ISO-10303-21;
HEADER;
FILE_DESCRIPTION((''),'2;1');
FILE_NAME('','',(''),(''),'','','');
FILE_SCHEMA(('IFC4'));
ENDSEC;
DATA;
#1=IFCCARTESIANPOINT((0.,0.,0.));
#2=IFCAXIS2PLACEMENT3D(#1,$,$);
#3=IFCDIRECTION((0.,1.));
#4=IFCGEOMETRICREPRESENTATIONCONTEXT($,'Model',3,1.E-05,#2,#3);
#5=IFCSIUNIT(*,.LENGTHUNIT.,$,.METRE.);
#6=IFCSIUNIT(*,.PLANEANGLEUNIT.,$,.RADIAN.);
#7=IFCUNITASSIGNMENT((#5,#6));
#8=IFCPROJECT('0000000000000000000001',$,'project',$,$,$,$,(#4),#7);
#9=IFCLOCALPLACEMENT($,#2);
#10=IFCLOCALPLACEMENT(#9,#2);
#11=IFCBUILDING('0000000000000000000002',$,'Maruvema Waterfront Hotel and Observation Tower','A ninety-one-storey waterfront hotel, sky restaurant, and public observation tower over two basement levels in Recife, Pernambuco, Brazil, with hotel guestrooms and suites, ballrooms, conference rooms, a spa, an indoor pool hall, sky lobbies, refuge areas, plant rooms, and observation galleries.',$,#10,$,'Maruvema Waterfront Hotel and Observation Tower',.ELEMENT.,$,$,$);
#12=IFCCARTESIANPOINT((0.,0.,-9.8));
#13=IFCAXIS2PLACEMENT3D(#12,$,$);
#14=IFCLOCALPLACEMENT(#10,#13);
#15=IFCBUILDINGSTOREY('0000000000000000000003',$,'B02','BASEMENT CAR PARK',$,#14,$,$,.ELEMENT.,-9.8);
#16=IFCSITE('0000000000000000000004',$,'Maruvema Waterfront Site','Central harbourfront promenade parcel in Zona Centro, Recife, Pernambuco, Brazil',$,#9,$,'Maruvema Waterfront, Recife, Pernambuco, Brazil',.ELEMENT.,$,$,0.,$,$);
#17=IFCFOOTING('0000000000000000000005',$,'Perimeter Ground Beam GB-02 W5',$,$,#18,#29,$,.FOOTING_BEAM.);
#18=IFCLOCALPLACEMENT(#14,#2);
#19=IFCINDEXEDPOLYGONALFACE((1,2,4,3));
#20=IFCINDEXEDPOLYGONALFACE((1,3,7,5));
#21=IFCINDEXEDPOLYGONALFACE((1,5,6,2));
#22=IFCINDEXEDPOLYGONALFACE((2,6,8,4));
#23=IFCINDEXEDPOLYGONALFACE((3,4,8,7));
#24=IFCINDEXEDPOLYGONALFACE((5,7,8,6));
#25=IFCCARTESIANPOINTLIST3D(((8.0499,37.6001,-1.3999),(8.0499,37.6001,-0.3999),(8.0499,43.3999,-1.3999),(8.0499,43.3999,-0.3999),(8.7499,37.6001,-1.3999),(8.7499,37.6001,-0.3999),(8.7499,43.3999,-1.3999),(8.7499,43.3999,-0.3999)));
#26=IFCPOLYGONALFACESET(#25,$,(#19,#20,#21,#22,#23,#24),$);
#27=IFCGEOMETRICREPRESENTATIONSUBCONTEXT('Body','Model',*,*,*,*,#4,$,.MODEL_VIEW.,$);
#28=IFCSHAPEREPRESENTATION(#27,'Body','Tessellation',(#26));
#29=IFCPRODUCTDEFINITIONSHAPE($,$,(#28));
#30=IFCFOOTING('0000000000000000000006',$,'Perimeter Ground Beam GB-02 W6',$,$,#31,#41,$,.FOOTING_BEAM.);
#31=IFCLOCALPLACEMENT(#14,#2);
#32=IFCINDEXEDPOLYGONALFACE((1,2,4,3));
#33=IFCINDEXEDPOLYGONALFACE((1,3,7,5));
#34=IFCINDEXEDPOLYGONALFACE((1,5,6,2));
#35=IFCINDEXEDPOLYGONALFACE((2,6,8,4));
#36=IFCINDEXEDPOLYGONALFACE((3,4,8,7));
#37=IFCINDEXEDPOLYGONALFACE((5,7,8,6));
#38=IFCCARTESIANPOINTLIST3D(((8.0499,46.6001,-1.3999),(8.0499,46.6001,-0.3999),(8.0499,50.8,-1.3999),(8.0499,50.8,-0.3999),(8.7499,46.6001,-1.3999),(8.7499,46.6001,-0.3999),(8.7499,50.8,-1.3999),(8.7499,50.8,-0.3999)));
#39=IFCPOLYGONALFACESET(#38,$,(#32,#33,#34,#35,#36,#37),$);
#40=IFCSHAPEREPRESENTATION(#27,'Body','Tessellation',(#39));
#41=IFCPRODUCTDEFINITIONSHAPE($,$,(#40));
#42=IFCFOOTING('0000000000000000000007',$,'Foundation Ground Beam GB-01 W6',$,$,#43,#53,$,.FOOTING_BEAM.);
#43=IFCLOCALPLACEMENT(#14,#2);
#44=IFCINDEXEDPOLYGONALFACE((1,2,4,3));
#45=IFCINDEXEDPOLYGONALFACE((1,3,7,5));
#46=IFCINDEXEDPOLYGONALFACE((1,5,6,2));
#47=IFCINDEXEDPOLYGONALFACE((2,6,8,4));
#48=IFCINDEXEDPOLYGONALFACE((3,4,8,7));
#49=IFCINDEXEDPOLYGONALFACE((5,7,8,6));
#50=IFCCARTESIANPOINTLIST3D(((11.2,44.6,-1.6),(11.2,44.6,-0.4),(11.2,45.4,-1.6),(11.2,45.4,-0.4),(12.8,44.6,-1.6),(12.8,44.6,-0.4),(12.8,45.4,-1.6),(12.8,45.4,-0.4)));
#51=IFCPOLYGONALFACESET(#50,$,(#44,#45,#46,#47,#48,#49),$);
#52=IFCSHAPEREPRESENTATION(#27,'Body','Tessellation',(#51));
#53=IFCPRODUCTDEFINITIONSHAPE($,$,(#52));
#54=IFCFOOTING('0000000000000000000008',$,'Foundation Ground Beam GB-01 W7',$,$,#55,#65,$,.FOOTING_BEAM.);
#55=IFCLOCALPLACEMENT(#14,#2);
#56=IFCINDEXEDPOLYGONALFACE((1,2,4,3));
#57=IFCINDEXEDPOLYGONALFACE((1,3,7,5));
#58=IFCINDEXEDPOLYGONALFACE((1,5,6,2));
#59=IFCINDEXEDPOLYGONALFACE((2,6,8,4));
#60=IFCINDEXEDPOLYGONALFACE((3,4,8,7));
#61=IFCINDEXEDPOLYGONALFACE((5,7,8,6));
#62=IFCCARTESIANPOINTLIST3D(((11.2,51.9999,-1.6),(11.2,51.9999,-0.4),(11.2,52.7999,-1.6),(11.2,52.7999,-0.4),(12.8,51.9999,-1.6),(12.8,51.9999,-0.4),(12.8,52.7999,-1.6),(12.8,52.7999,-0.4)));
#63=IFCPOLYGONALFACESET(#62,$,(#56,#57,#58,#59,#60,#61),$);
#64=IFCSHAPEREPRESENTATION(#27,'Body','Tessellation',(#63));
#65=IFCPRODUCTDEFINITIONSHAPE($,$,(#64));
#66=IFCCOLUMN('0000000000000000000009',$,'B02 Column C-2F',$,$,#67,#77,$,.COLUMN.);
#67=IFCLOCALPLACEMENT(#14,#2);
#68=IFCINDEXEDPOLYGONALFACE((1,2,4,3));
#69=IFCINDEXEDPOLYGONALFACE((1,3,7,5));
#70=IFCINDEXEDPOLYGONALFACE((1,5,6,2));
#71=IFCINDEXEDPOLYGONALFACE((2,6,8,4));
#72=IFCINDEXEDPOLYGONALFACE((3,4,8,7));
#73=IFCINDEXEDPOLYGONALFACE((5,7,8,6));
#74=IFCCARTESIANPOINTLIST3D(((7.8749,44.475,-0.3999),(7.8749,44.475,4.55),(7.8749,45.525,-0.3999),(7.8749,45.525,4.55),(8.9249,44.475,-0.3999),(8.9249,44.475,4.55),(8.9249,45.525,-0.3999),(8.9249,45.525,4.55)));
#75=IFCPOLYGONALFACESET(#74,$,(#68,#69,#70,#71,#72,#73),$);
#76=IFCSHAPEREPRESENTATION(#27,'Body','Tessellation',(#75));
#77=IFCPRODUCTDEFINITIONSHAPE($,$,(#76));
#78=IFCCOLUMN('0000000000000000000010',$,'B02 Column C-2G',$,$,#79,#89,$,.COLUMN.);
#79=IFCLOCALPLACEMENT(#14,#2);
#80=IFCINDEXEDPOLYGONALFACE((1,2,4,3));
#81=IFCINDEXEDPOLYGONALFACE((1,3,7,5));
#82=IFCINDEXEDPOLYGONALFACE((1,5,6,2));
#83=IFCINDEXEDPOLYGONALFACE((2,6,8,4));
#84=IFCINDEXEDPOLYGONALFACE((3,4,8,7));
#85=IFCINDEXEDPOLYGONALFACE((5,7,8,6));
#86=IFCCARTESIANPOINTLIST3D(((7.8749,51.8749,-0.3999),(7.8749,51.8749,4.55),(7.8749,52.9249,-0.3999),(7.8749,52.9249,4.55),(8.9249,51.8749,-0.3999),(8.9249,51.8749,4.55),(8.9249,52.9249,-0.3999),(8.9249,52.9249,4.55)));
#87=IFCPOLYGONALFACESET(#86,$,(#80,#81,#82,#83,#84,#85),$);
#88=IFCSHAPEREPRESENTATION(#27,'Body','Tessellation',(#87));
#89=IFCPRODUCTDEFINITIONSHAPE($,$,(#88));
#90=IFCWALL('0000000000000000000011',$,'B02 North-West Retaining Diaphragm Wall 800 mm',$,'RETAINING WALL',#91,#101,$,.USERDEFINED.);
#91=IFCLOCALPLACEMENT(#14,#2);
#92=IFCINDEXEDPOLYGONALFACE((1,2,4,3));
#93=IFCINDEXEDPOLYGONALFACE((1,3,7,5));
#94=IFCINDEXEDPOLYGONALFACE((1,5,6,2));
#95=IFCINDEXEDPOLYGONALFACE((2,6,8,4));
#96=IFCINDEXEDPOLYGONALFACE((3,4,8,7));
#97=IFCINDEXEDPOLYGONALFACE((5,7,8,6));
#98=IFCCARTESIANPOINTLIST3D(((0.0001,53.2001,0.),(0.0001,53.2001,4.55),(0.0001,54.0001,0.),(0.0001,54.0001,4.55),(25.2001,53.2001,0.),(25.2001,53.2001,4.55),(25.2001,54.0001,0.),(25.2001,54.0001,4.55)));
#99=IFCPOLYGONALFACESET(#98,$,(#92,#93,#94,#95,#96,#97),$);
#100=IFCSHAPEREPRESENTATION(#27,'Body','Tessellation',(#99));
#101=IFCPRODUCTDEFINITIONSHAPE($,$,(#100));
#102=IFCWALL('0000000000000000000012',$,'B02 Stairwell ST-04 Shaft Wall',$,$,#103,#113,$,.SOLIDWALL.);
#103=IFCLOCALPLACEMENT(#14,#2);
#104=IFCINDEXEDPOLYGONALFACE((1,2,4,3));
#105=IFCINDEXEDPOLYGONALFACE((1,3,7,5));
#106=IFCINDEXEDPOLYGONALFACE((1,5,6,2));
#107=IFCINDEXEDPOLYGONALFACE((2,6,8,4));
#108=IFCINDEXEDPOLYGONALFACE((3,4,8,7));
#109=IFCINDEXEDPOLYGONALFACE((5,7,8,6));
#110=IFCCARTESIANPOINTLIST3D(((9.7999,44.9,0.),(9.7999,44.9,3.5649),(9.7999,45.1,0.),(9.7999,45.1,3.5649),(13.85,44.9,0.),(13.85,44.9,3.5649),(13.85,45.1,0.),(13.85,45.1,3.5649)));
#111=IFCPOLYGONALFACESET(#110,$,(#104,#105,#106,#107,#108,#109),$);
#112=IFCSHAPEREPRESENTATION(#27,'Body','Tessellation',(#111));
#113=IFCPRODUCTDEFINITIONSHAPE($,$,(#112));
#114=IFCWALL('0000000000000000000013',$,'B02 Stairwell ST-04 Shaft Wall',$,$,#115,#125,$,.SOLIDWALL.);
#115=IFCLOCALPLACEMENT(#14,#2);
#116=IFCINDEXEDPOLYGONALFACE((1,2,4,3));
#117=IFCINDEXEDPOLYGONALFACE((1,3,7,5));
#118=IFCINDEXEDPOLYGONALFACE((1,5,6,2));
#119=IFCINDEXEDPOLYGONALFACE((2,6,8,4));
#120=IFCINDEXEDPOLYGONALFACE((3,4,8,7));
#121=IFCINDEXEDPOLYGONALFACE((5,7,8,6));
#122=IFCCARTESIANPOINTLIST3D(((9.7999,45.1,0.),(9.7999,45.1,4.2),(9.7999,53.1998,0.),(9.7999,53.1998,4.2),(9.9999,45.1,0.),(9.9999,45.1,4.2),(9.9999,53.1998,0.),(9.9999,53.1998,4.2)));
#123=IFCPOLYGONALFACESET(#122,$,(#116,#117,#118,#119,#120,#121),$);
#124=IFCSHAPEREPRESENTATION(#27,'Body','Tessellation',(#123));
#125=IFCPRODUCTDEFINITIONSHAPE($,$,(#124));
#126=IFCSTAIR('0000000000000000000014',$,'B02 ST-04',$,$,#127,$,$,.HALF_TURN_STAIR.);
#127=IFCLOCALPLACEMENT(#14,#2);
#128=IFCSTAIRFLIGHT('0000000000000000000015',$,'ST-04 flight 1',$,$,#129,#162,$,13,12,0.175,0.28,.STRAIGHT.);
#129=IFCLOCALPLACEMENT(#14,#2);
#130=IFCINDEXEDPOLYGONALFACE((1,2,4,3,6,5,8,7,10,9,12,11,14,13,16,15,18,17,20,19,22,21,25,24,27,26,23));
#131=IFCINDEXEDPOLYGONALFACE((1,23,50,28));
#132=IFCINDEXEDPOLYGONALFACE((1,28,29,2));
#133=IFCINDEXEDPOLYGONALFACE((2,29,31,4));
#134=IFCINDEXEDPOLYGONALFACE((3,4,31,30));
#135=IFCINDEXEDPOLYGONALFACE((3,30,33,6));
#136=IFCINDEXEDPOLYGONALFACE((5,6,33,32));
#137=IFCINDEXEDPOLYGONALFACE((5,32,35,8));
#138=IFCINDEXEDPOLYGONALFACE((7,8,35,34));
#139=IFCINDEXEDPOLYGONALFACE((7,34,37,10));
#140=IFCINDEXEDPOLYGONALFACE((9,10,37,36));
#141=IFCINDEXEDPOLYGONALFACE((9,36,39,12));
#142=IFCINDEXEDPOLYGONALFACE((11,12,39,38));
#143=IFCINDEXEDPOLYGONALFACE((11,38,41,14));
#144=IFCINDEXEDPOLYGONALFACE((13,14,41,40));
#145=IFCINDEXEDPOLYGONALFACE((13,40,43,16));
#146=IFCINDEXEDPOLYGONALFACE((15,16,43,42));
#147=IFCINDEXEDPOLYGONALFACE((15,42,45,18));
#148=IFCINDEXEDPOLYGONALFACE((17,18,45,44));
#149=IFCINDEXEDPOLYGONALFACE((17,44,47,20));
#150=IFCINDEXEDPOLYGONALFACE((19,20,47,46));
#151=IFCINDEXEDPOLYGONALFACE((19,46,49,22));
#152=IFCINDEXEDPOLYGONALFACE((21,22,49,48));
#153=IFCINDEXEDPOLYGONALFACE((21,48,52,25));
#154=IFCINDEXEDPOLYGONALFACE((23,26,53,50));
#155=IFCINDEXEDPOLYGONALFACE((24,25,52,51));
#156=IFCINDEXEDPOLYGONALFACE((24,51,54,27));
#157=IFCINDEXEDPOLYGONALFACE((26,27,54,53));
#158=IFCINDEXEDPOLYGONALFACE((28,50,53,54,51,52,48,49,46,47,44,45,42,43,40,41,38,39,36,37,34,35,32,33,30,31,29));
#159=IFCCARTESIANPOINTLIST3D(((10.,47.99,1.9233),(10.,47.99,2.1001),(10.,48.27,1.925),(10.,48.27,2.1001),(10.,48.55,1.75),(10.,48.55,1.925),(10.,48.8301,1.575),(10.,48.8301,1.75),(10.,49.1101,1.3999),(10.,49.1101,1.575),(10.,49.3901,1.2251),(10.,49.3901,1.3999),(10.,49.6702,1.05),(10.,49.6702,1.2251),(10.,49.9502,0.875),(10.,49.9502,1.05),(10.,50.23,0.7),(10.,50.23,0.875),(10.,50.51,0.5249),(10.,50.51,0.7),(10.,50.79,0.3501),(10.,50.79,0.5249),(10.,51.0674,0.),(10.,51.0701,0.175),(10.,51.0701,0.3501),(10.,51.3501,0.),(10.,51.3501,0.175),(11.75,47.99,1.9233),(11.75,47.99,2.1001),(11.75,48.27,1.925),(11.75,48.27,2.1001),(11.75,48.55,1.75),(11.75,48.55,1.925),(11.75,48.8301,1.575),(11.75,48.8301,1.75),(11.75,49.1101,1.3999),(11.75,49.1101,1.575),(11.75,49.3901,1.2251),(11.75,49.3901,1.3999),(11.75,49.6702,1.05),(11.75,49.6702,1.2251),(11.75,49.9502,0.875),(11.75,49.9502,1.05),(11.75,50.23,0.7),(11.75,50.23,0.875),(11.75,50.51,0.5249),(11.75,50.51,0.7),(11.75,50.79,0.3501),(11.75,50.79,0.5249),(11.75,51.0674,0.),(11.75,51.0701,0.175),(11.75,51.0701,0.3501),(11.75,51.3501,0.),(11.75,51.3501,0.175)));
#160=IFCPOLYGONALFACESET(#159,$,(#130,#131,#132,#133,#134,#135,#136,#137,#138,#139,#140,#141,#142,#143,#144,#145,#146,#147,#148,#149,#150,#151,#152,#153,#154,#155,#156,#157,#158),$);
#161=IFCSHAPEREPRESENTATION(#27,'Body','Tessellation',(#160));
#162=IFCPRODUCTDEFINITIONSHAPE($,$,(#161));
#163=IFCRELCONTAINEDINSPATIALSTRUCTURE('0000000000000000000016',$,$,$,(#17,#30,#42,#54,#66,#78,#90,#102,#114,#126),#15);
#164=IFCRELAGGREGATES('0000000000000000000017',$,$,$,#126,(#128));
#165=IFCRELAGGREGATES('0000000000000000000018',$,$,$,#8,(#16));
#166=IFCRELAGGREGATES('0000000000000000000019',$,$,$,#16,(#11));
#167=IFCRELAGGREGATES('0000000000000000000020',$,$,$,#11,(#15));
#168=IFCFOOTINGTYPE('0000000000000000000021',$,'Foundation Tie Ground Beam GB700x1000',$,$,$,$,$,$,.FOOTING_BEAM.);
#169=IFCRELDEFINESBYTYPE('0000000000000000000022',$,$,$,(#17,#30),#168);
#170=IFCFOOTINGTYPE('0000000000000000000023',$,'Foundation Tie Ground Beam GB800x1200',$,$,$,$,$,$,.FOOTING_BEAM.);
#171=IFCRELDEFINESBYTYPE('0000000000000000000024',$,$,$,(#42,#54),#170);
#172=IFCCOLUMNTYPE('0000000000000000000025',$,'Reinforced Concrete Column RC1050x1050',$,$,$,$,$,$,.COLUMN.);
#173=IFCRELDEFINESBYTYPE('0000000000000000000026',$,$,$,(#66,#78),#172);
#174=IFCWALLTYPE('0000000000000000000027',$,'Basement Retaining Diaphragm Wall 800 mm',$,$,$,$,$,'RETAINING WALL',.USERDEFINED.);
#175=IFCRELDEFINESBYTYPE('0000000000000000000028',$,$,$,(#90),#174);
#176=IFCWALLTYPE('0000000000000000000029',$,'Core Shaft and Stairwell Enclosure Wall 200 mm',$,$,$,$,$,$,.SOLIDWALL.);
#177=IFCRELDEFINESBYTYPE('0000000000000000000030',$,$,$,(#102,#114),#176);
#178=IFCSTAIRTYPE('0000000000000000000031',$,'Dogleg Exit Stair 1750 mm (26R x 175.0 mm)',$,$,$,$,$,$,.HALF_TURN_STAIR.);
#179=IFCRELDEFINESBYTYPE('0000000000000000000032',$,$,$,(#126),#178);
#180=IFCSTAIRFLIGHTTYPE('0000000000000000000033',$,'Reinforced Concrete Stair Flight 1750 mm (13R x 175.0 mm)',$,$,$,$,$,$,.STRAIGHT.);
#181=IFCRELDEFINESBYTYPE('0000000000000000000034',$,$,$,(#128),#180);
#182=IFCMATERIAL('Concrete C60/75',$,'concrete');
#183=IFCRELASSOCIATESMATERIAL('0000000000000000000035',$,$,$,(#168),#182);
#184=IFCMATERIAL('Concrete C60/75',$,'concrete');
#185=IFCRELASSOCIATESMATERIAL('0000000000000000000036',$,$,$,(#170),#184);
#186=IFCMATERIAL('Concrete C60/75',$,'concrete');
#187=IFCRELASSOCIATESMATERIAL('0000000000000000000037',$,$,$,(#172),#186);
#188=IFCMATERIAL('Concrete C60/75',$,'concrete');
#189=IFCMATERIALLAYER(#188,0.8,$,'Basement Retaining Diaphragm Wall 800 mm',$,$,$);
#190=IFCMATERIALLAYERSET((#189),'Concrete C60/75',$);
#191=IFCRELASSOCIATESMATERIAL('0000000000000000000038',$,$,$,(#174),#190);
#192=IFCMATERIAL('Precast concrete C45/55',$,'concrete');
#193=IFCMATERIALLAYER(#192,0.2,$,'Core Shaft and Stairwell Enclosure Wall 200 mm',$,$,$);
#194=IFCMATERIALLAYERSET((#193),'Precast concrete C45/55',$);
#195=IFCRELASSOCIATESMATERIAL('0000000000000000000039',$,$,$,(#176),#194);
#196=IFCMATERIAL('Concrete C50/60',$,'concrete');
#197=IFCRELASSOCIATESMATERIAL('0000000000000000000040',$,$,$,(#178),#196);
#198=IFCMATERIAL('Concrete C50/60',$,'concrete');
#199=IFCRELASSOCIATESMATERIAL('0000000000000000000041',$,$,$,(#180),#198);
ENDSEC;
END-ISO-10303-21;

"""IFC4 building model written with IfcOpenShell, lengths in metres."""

from ifc_helpers import new_model, si_unit, direction, frame, frame_2d, origin, origin_2d, place, context, subcontext, project, spatial, polyline, rectangle, outline, extrude, material, layer, layer_set, material_profile, profile_set, type_object, element, aggregate, save


model = new_model("IFC4")

# Units and contexts
model_context = context("Model", 3, precision=1e-05, world=origin(), true_north=direction((0.0, 1.0)))
body_context = subcontext(model_context, "Body", "Model", "MODEL_VIEW")
ifc_project = project(units=[si_unit("LENGTHUNIT", "METRE"), si_unit("PLANEANGLEUNIT", "RADIAN")], contexts=[model_context])

# Site, building, storey
site_placement = place(None, origin())
site = spatial("IfcSite", under=ifc_project, at=site_placement, Name="Maruvema Waterfront Site", Description="Central harbourfront promenade parcel in Zona Centro, Recife, Pernambuco, Brazil", LongName="Maruvema Waterfront, Recife, Pernambuco, Brazil", CompositionType="ELEMENT", RefElevation=0.0)
building_placement = place(site_placement, origin())
building = spatial("IfcBuilding", under=site, at=building_placement, Name="Maruvema Waterfront Hotel and Observation Tower", Description="A ninety-one-storey waterfront hotel, sky restaurant, and public observation tower over two basement levels in Recife, Pernambuco, Brazil, with hotel guestrooms and suites, ballrooms, conference rooms, a spa, an indoor pool hall, sky lobbies, refuge areas, plant rooms, and observation galleries.", LongName="Maruvema Waterfront Hotel and Observation Tower", CompositionType="ELEMENT")
storey_placement = place(building_placement, frame((0.0, 0.0, -9.8)))
storey = spatial("IfcBuildingStorey", under=building, at=storey_placement, Name="B02", Description="BASEMENT CAR PARK", CompositionType="ELEMENT", Elevation=-9.8)

# Footings
ifc_material_1 = material(Name="Concrete C60/75", Category="concrete")
ifc_material_profile_1 = material_profile(ifc_material_1, rectangle(XDim=0.7, YDim=1.0, at=origin_2d()), Name="GB700x1000")
ifc_profile_set_1 = profile_set([ifc_material_profile_1], Name="Concrete C60/75")
footing_type_1 = type_object("IfcFootingType", Name="Foundation Tie Ground Beam GB700x1000", PredefinedType="FOOTING_BEAM", material=ifc_profile_set_1)
footing_1_placement = place(storey_placement, frame((8.3999, 37.6001, -0.8999), z_axis=(0.0, 1.0, 0.0), x_axis=(-1.0, 0.0, 0.0)))
element("IfcFooting", 1, at=footing_1_placement, inside=storey, type_object=footing_type_1, Name="Perimeter Ground Beam GB-02 W5", PredefinedType="FOOTING_BEAM", context=body_context, shape_type="SweptSolid", body=[
    extrude(rectangle(XDim=0.7, YDim=1.0, at=origin_2d()), origin(), (0.0, 0.0, 1.0), 5.7998),
])
footing_2_placement = place(storey_placement, frame((8.3999, 46.6001, -0.8999), z_axis=(0.0, 1.0, 0.0), x_axis=(-1.0, 0.0, 0.0)))
element("IfcFooting", 2, at=footing_2_placement, inside=storey, type_object=footing_type_1, Name="Perimeter Ground Beam GB-02 W6", PredefinedType="FOOTING_BEAM", context=body_context, shape_type="SweptSolid", body=[
    extrude(rectangle(XDim=0.7, YDim=1.0, at=origin_2d()), origin(), (0.0, 0.0, 1.0), 4.2),
])
ifc_material_2 = material(Name="Concrete C60/75", Category="concrete")
ifc_material_profile_2 = material_profile(ifc_material_2, rectangle(XDim=0.8, YDim=1.2, at=origin_2d()), Name="GB800x1200")
ifc_profile_set_2 = profile_set([ifc_material_profile_2], Name="Concrete C60/75")
footing_type_2 = type_object("IfcFootingType", Name="Foundation Tie Ground Beam GB800x1200", PredefinedType="FOOTING_BEAM", material=ifc_profile_set_2)
for number, where, z_axis, x_axis, name in (
    (3, (11.2, 45.0, -1.0), (1.0, 0.0, 0.0), (0.0, 1.0, 0.0), "Foundation Ground Beam GB-01 W6"),
    (4, (11.2, 52.3999, -1.0), (1.0, 0.0, 0.0), (0.0, 1.0, 0.0), "Foundation Ground Beam GB-01 W7"),
):
    element("IfcFooting", number, at=place(storey_placement, frame(where, z_axis=z_axis, x_axis=x_axis)), inside=storey, type_object=footing_type_2, Name=name, PredefinedType="FOOTING_BEAM", context=body_context, shape_type="SweptSolid", body=[
        extrude(rectangle(XDim=0.8, YDim=1.2, at=origin_2d()), origin(), (0.0, 0.0, 1.0), 1.6001),
    ])

# Columns
ifc_material_3 = material(Name="Concrete C60/75", Category="concrete")
ifc_material_profile_3 = material_profile(ifc_material_3, rectangle(XDim=1.05, YDim=1.05, at=origin_2d()), Name="RC1050x1050")
ifc_profile_set_3 = profile_set([ifc_material_profile_3], Name="Concrete C60/75")
column_type = type_object("IfcColumnType", Name="Reinforced Concrete Column RC1050x1050", PredefinedType="COLUMN", material=ifc_profile_set_3)
for number, where, z_axis, x_axis, name in (
    (5, (8.3999, 45.0, -0.3999), (0.0, 0.0, 1.0), (1.0, 0.0, 0.0), "B02 Column C-2F"),
    (6, (8.3999, 52.3999, -0.3999), (0.0, 0.0, 1.0), (1.0, 0.0, 0.0), "B02 Column C-2G"),
):
    element("IfcColumn", number, at=place(storey_placement, frame(where, z_axis=z_axis, x_axis=x_axis)), inside=storey, type_object=column_type, Name=name, PredefinedType="COLUMN", context=body_context, shape_type="SweptSolid", body=[
        extrude(rectangle(XDim=1.05, YDim=1.05, at=origin_2d()), origin(), (0.0, 0.0, 1.0), 4.95),
    ])

# Walls
ifc_material_4 = material(Name="Concrete C60/75", Category="concrete")
ifc_layer_1 = layer(ifc_material_4, 0.8, Name="Basement Retaining Diaphragm Wall 800 mm")
ifc_layer_set_1 = layer_set([ifc_layer_1], Name="Concrete C60/75")
wall_type_1 = type_object("IfcWallType", Name="Basement Retaining Diaphragm Wall 800 mm", ElementType="RETAINING WALL", PredefinedType="USERDEFINED", material=ifc_layer_set_1)
wall_1_placement = place(storey_placement, frame((0.0, 53.6001, 0.0), z_axis=(0.0, 0.0, 1.0), x_axis=(1.0, 0.0, 0.0)))
element("IfcWall", 7, at=wall_1_placement, inside=storey, type_object=wall_type_1, Name="B02 North-West Retaining Diaphragm Wall 800 mm", ObjectType="RETAINING WALL", PredefinedType="USERDEFINED", context=body_context, shape_type="SweptSolid", body=[
    extrude(rectangle(XDim=25.2, YDim=0.8, at=frame_2d((12.6001, 0.0))), origin(), (0.0, 0.0, 1.0), 4.55),
])
ifc_material_5 = material(Name="Precast concrete C45/55", Category="concrete")
ifc_layer_2 = layer(ifc_material_5, 0.2, Name="Core Shaft and Stairwell Enclosure Wall 200 mm")
ifc_layer_set_2 = layer_set([ifc_layer_2], Name="Precast concrete C45/55")
wall_type_2 = type_object("IfcWallType", Name="Core Shaft and Stairwell Enclosure Wall 200 mm", PredefinedType="SOLIDWALL", material=ifc_layer_set_2)
wall_2_placement = place(storey_placement, frame((9.8, 45.0, 0.0), z_axis=(0.0, 0.0, 1.0), x_axis=(1.0, 0.0, 0.0)))
element("IfcWall", 8, at=wall_2_placement, inside=storey, type_object=wall_type_2, Name="B02 Stairwell ST-04 Shaft Wall", PredefinedType="SOLIDWALL", context=body_context, shape_type="SweptSolid", body=[
    extrude(rectangle(XDim=4.05, YDim=0.2, at=frame_2d((2.0249, 0.0))), origin(), (0.0, 0.0, 1.0), 3.5649),
])
wall_3_placement = place(storey_placement, frame((9.8999, 45.1001, 0.0), z_axis=(0.0, 0.0, 1.0), x_axis=(0.0, 1.0, 0.0)))
element("IfcWall", 9, at=wall_3_placement, inside=storey, type_object=wall_type_2, Name="B02 Stairwell ST-04 Shaft Wall", PredefinedType="SOLIDWALL", context=body_context, shape_type="SweptSolid", body=[
    extrude(rectangle(XDim=8.0999, YDim=0.2, at=frame_2d((4.0498, 0.0))), origin(), (0.0, 0.0, 1.0), 4.2),
])

# Stair, stair flight
ifc_material_6 = material(Name="Concrete C50/60", Category="concrete")
stair_type = type_object("IfcStairType", Name="Dogleg Exit Stair 1750 mm (26R x 175.0 mm)", PredefinedType="HALF_TURN_STAIR", material=ifc_material_6)
stair_placement = place(storey_placement, origin())
stair = element("IfcStair", 10, at=stair_placement, inside=storey, type_object=stair_type, Name="B02 ST-04", PredefinedType="HALF_TURN_STAIR")
ifc_material_7 = material(Name="Concrete C50/60", Category="concrete")
stair_flight_type = type_object("IfcStairFlightType", Name="Reinforced Concrete Stair Flight 1750 mm (13R x 175.0 mm)", PredefinedType="STRAIGHT", material=ifc_material_7)
stair_flight_1_placement = place(storey_placement, frame((10.875, 51.3501, 0.0), z_axis=(0.0, 0.0, 1.0), x_axis=(0.0, -1.0, 0.0)))
stair_flight_1 = element("IfcStairFlight", 11, at=stair_flight_1_placement, type_object=stair_flight_type, Name="ST-04 flight 1", NumberOfRisers=13, NumberOfTreads=12, PredefinedType="STRAIGHT", RiserHeight=0.175, TreadLength=0.28, context=body_context, shape_type="SweptSolid", body=[
    extrude(outline(polyline([(0.0, 0.0), (0.0, 0.175), (0.28, 0.175), (0.28, 0.3501), (0.5601, 0.3501), (0.5601, 0.5249), (0.8401, 0.5249), (0.8401, 0.7), (1.1201, 0.7), (1.1201, 0.875), (1.3999, 0.875), (1.3999, 1.05), (1.6799, 1.05), (1.6799, 1.2251), (1.96, 1.2251), (1.96, 1.3999), (2.24, 1.3999), (2.24, 1.575), (2.52, 1.575), (2.52, 1.75), (2.8, 1.75), (2.8, 1.925), (3.0801, 1.925), (3.0801, 2.1001), (3.3601, 2.1001), (3.3601, 2.2749), (3.3601, 1.9233), (0.2827, 0.0), (0.0, 0.0)])), frame((0.0, 0.875, 0.0), z_axis=(0.0, -1.0, 0.0), x_axis=(1.0, 0.0, 0.0)), (0.0, 0.0, 1.0), 1.75),
])
aggregate(stair, [stair_flight_1])

save(model, "model.ifc")
